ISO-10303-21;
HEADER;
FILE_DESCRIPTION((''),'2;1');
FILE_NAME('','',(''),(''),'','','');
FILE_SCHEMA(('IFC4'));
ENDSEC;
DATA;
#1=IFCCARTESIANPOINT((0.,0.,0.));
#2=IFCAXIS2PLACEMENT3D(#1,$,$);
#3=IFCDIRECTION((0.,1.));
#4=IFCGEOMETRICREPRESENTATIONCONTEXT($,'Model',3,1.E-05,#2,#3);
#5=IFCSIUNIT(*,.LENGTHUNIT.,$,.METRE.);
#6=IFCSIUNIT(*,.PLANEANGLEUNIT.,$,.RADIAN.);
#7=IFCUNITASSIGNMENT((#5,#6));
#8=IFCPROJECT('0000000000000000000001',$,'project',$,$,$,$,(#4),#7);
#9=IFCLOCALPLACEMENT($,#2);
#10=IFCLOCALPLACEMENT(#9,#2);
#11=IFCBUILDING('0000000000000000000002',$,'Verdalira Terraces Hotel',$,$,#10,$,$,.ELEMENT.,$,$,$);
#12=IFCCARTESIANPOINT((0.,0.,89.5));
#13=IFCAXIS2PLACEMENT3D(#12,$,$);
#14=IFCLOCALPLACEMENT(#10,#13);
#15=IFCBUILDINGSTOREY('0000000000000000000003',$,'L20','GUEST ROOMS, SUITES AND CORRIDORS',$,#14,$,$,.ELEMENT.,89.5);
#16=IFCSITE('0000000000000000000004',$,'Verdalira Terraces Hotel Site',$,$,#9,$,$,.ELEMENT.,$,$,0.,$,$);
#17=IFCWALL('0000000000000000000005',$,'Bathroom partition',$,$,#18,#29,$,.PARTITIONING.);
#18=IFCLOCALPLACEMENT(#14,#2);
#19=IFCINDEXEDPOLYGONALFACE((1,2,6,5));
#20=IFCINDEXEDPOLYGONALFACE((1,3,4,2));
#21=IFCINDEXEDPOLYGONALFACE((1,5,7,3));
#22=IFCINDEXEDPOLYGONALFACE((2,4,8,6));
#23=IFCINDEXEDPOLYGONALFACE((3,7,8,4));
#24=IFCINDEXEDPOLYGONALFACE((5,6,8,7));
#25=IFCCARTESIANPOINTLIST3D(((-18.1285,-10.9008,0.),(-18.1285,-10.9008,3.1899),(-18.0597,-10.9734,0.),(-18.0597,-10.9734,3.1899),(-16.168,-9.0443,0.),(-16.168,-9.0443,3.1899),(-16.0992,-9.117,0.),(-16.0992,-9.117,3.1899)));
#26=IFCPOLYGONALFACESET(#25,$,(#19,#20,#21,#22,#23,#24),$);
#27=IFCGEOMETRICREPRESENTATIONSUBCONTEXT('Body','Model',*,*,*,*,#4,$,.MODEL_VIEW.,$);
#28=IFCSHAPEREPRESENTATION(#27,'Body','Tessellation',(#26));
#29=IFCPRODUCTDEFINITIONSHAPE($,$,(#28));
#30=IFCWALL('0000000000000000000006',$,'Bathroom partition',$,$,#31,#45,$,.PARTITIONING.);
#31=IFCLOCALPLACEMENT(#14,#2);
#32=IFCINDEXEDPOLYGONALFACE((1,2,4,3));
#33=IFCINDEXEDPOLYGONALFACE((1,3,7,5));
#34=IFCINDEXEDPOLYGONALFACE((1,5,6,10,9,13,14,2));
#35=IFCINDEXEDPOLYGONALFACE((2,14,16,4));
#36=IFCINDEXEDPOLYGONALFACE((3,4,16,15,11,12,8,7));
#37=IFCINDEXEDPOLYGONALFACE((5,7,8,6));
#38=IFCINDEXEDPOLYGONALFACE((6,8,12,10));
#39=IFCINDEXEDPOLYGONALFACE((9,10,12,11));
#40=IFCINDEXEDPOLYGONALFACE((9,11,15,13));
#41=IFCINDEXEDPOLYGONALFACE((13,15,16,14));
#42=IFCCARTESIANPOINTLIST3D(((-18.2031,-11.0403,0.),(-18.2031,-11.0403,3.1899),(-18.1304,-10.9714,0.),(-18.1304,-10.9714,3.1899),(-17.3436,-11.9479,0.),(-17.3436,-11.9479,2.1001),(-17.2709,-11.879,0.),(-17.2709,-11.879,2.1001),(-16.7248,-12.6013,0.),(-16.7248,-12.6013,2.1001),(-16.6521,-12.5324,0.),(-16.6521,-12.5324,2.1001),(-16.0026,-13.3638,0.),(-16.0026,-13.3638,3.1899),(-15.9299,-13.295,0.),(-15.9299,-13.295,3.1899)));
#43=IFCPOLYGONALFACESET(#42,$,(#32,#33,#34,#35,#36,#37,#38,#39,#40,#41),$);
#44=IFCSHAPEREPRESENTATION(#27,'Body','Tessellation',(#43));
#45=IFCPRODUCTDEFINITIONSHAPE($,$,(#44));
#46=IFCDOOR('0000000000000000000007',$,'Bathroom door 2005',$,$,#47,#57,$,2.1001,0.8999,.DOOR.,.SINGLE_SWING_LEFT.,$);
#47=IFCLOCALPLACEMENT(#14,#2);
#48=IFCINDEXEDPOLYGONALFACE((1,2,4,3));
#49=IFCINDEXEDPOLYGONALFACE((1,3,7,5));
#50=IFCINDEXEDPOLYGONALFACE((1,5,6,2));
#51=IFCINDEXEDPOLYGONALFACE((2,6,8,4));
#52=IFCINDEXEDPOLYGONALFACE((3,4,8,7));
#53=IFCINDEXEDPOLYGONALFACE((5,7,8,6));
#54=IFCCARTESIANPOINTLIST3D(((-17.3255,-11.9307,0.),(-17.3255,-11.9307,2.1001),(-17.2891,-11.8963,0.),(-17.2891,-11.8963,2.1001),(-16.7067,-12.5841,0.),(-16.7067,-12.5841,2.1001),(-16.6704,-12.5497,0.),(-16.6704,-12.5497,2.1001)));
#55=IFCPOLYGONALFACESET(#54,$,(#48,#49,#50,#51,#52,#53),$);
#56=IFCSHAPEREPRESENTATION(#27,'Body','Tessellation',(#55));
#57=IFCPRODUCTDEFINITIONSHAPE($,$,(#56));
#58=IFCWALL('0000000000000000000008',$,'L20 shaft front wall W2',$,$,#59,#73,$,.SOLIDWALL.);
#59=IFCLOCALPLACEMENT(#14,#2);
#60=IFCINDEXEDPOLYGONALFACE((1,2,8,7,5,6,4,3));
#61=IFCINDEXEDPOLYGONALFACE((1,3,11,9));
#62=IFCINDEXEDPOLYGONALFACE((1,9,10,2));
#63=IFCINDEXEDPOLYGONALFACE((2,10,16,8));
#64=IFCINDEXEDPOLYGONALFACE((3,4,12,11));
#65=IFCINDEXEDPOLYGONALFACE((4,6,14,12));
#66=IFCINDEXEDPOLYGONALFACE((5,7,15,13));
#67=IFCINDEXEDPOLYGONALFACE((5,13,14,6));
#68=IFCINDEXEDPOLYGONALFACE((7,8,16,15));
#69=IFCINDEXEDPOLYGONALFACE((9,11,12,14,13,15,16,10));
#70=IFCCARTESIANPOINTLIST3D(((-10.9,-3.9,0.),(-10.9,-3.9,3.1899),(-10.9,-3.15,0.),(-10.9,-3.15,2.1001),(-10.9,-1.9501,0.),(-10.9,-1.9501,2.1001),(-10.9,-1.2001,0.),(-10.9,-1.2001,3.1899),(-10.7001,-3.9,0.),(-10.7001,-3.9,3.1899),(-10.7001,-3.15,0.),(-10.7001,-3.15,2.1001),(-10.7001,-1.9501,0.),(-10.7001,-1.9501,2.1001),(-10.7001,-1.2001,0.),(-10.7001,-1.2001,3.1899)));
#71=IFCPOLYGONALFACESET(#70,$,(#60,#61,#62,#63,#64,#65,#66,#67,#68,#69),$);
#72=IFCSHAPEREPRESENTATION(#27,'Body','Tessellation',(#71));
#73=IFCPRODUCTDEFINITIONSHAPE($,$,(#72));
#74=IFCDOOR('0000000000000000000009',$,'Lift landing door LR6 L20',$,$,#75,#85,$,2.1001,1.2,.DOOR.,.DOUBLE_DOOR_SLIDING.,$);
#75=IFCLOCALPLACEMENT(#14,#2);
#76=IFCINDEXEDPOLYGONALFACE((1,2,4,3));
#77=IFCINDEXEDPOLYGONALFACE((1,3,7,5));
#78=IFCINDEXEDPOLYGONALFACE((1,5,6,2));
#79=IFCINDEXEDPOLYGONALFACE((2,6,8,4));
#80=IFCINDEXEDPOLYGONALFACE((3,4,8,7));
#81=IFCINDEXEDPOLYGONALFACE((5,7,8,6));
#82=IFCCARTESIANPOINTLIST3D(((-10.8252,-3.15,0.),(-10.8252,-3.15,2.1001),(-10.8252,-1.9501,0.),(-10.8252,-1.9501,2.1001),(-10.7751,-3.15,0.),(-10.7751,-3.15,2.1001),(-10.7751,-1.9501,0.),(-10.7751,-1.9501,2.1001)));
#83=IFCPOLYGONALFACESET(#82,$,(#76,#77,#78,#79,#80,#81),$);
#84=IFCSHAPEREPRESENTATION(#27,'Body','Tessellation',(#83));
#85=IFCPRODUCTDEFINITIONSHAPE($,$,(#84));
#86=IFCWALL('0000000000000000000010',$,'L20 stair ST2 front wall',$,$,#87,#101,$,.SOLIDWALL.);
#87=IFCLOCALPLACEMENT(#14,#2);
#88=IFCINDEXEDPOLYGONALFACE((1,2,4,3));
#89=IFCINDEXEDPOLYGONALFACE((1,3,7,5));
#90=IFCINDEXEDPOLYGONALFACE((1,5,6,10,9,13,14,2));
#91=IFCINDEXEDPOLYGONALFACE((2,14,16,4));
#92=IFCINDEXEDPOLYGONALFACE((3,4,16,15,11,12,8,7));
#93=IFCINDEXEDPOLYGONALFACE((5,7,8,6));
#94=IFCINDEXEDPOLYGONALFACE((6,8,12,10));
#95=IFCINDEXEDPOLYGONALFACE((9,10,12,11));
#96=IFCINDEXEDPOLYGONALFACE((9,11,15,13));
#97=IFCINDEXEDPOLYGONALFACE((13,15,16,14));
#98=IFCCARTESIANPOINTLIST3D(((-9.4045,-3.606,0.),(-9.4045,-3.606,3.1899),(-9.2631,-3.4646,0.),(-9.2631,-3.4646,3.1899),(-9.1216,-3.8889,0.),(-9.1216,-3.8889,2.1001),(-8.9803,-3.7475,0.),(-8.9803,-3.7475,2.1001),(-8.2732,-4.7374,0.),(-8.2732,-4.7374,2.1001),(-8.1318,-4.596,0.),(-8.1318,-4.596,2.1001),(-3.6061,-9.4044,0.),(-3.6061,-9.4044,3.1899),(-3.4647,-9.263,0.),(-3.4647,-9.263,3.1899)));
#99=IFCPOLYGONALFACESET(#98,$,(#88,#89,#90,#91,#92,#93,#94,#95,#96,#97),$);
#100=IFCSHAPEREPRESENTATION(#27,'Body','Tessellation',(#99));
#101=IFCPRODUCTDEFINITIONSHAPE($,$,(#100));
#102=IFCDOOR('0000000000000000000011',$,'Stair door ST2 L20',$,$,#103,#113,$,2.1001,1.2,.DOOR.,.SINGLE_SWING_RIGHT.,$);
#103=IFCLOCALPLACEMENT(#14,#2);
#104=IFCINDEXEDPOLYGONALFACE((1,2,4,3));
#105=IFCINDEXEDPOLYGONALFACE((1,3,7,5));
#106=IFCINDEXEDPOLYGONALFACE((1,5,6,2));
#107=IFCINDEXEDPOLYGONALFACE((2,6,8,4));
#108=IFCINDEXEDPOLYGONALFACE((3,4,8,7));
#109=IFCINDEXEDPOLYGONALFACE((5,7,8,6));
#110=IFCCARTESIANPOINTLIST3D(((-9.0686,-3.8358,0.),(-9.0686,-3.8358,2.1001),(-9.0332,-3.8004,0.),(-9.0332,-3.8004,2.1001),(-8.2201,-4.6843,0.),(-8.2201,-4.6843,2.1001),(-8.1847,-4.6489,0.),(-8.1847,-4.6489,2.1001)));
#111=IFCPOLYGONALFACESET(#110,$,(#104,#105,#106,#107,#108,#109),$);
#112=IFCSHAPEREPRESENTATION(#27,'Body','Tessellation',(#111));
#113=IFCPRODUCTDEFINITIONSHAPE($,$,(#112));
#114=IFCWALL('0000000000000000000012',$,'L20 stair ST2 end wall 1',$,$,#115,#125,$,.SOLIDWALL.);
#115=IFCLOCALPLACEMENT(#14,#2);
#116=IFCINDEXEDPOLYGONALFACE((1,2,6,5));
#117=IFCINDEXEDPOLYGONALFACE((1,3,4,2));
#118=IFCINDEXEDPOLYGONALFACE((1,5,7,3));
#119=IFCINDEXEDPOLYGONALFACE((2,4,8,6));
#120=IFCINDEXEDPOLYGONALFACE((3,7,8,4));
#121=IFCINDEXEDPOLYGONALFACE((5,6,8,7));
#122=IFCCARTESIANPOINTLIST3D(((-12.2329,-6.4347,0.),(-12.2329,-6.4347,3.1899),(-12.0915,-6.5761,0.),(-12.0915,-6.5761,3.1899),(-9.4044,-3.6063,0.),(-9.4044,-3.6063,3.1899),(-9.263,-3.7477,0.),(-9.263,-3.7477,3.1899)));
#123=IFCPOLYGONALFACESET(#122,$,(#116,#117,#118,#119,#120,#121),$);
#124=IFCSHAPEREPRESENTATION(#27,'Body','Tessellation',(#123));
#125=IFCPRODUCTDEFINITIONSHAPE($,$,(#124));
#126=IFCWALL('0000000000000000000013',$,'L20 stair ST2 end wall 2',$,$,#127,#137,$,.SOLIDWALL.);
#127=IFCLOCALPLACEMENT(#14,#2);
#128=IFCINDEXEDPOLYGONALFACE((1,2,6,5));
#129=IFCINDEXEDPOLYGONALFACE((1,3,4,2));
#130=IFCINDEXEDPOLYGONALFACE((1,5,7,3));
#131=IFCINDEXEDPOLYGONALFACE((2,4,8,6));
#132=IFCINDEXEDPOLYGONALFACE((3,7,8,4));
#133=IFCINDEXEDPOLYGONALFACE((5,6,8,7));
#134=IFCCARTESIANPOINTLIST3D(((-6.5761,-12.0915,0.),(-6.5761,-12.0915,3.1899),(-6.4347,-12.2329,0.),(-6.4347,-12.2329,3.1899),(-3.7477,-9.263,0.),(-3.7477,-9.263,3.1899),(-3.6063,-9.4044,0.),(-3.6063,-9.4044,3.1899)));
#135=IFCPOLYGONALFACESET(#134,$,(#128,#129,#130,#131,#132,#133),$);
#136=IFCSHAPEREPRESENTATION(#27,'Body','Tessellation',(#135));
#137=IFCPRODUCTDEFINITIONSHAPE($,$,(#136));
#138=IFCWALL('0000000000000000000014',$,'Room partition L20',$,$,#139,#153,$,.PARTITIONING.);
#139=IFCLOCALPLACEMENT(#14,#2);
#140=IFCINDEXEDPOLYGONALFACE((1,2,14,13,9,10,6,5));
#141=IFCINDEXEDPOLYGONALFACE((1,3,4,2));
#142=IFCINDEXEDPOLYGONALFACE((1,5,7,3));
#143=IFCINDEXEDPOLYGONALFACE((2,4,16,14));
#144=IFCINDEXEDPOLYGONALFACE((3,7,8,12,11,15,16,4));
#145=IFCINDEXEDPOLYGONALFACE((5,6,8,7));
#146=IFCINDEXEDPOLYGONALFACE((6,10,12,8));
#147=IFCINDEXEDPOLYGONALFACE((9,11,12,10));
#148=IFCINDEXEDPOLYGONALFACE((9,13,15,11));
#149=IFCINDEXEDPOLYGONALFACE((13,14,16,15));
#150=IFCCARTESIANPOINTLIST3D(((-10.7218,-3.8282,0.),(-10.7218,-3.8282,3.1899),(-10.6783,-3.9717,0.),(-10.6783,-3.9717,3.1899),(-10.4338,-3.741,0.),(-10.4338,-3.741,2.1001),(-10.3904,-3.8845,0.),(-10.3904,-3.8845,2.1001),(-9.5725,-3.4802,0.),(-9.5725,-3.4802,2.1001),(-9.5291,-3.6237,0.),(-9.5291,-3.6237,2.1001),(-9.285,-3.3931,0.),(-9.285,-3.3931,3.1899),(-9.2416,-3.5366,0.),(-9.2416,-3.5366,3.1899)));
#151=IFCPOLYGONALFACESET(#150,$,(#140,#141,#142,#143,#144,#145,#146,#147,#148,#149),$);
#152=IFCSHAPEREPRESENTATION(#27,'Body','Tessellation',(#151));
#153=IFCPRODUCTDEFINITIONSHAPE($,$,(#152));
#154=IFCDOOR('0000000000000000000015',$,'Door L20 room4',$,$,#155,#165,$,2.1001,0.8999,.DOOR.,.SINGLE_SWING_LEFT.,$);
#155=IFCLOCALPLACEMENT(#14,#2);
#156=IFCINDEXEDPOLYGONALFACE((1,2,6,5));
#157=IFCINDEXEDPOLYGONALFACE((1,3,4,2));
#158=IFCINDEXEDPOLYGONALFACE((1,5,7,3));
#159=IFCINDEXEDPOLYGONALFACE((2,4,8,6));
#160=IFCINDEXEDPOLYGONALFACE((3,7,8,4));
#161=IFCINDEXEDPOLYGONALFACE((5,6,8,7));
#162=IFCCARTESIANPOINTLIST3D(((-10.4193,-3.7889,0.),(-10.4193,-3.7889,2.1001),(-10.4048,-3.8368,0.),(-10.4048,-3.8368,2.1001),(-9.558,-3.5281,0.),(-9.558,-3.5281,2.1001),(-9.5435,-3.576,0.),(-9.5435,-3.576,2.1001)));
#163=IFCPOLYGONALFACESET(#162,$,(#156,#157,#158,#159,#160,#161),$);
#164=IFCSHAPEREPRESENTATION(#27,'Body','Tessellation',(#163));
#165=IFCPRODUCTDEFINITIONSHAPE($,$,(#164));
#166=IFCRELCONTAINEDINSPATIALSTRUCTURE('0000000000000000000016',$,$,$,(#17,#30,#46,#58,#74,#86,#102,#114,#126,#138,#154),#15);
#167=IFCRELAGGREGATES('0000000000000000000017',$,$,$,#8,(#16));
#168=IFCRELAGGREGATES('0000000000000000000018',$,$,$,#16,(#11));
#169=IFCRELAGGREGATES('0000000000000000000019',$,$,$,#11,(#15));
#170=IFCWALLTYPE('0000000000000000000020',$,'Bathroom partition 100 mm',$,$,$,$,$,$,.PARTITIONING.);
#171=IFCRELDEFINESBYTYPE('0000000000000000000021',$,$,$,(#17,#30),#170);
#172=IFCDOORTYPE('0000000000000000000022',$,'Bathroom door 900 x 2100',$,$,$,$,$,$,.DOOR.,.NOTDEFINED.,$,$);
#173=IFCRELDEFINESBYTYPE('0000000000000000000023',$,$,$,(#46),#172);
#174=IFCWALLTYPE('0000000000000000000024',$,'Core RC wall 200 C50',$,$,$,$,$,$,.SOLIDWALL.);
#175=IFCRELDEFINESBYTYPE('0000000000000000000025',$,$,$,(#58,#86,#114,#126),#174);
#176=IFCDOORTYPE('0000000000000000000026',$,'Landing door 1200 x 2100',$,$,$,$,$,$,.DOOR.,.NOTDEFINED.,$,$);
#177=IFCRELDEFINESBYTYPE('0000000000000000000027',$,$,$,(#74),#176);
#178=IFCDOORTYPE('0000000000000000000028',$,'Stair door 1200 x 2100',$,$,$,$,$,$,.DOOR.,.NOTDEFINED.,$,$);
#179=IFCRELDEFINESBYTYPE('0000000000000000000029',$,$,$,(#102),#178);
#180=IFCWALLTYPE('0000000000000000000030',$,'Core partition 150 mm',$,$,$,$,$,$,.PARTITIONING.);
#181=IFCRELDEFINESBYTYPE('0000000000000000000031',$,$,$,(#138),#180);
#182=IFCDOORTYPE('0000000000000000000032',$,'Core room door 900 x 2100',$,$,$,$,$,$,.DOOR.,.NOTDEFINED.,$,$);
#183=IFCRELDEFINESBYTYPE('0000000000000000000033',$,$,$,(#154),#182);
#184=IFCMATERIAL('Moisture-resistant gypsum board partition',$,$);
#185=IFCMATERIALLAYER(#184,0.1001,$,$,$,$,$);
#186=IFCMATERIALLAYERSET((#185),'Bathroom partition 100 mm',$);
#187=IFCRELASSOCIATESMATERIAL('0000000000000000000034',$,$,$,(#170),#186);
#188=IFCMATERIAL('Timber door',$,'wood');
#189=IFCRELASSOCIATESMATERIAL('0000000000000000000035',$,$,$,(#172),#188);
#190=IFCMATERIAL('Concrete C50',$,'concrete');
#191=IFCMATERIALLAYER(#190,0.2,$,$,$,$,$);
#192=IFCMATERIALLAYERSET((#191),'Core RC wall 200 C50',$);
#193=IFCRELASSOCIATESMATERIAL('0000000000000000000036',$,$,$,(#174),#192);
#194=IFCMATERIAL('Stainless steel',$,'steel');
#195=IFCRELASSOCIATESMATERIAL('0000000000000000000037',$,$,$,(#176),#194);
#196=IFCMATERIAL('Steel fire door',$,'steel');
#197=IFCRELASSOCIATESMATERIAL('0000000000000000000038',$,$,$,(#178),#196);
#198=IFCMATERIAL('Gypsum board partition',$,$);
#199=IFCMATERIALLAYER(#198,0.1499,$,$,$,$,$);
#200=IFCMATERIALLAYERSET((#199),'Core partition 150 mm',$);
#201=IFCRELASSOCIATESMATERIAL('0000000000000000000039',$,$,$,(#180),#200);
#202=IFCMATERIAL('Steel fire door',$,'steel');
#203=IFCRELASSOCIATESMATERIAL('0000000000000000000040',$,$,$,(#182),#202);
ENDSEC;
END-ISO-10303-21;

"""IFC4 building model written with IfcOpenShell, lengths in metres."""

from ifc_helpers import new_model, si_unit, direction, frame, frame_2d, origin, place, context, subcontext, project, spatial, rectangle, extrude, material, layer, layer_set, type_object, element, fill, save


model = new_model("IFC4")

# Units and contexts
model_context = context("Model", 3, precision=1e-05, world=origin(), true_north=direction((0.0, 1.0)))
body_context = subcontext(model_context, "Body", "Model", "MODEL_VIEW")
ifc_project = project(units=[si_unit("LENGTHUNIT", "METRE"), si_unit("PLANEANGLEUNIT", "RADIAN")], contexts=[model_context])

# Site, building, storey
site_placement = place(None, origin())
site = spatial("IfcSite", under=ifc_project, at=site_placement, Name="Verdalira Terraces Hotel Site", CompositionType="ELEMENT", RefElevation=0.0)
building_placement = place(site_placement, origin())
building = spatial("IfcBuilding", under=site, at=building_placement, Name="Verdalira Terraces Hotel", CompositionType="ELEMENT")
storey_placement = place(building_placement, frame((0.0, 0.0, 89.5)))
storey = spatial("IfcBuildingStorey", under=building, at=storey_placement, Name="L20", Description="GUEST ROOMS, SUITES AND CORRIDORS", CompositionType="ELEMENT", Elevation=89.5)

# Wall
ifc_material_1 = material(Name="Moisture-resistant gypsum board partition")
ifc_layer_1 = layer(ifc_material_1, 0.1001)
ifc_layer_set_1 = layer_set([ifc_layer_1], Name="Bathroom partition 100 mm")
wall_type_1 = type_object("IfcWallType", Name="Bathroom partition 100 mm", PredefinedType="PARTITIONING", material=ifc_layer_set_1)
wall_1_placement = place(storey_placement, frame((-16.1335, -9.0806, 0.0), z_axis=(0.0, 0.0, 1.0), x_axis=(-0.726105, -0.687584, 0.0)))
element("IfcWall", 1, at=wall_1_placement, inside=storey, type_object=wall_type_1, Name="Bathroom partition", PredefinedType="PARTITIONING", context=body_context, shape_type="SweptSolid", body=[
    extrude(rectangle(XDim=2.7, YDim=0.1001, at=frame_2d((1.3501, 0.0))), origin(), (0.0, 0.0, 1.0), 3.1899),
])

# Walls, openings, doors
wall_2_placement = place(storey_placement, frame((-18.1667, -11.0059, 0.0), z_axis=(0.0, 0.0, 1.0), x_axis=(0.68762, -0.726071, 0.0)))
wall_2 = element("IfcWall", 2, at=wall_2_placement, inside=storey, type_object=wall_type_1, Name="Bathroom partition", PredefinedType="PARTITIONING", context=body_context, shape_type="SweptSolid", body=[
    extrude(rectangle(XDim=3.2002, YDim=0.1001, at=frame_2d((1.6001, 0.0))), origin(), (0.0, 0.0, 1.0), 3.1899),
])
opening_1_placement = place(wall_2_placement, frame((1.25, 0.0, 0.0)))
opening_1 = element("IfcOpeningElement", 3, at=opening_1_placement, cuts=wall_2, PredefinedType="OPENING", context=body_context, shape_type="SweptSolid", body=[
    extrude(rectangle(XDim=0.8999, YDim=2.1001, at=frame_2d((0.45, 1.05))), frame((0.0, 0.0601, 0.0), z_axis=(0.0, -1.0, 0.0), x_axis=(1.0, 0.0, 0.0)), (0.0, 0.0, 1.0), 0.1201),
])
ifc_material_2 = material(Name="Timber door", Category="wood")
door_type_1 = type_object("IfcDoorType", Name="Bathroom door 900 x 2100", OperationType="NOTDEFINED", PredefinedType="DOOR", material=ifc_material_2)
door_1_placement = place(opening_1_placement, origin())
door_1 = element("IfcDoor", 4, at=door_1_placement, inside=storey, type_object=door_type_1, Name="Bathroom door 2005", OperationType="SINGLE_SWING_LEFT", OverallHeight=2.1001, OverallWidth=0.8999, PredefinedType="DOOR", context=body_context, shape_type="SweptSolid", body=[
    extrude(rectangle(XDim=0.8999, YDim=2.1001, at=frame_2d((0.45, 1.05))), frame((0.0, 0.0249, 0.0), z_axis=(0.0, -1.0, 0.0), x_axis=(1.0, 0.0, 0.0)), (0.0, 0.0, 1.0), 0.05),
])
fill(opening_1, door_1)
ifc_material_3 = material(Name="Concrete C50", Category="concrete")
ifc_layer_2 = layer(ifc_material_3, 0.2)
ifc_layer_set_2 = layer_set([ifc_layer_2], Name="Core RC wall 200 C50")
wall_type_2 = type_object("IfcWallType", Name="Core RC wall 200 C50", PredefinedType="SOLIDWALL", material=ifc_layer_set_2)
wall_3_placement = place(storey_placement, frame((-10.8, -1.2, 0.0), z_axis=(0.0, 0.0, 1.0), x_axis=(0.0, -1.0, 0.0)))
wall_3 = element("IfcWall", 5, at=wall_3_placement, inside=storey, type_object=wall_type_2, Name="L20 shaft front wall W2", PredefinedType="SOLIDWALL", context=body_context, shape_type="SweptSolid", body=[
    extrude(rectangle(XDim=2.7, YDim=0.2, at=frame_2d((1.3501, 0.0))), origin(), (0.0, 0.0, 1.0), 3.1899),
])
opening_2_placement = place(wall_3_placement, frame((0.75, 0.0, 0.0)))
opening_2 = element("IfcOpeningElement", 6, at=opening_2_placement, cuts=wall_3, PredefinedType="OPENING", context=body_context, shape_type="SweptSolid", body=[
    extrude(rectangle(XDim=1.2, YDim=2.1001, at=frame_2d((0.6001, 1.05))), frame((0.0, 0.1099, 0.0), z_axis=(0.0, -1.0, 0.0), x_axis=(1.0, 0.0, 0.0)), (0.0, 0.0, 1.0), 0.22),
])
ifc_material_4 = material(Name="Stainless steel", Category="steel")
door_type_2 = type_object("IfcDoorType", Name="Landing door 1200 x 2100", OperationType="NOTDEFINED", PredefinedType="DOOR", material=ifc_material_4)
door_2_placement = place(opening_2_placement, origin())
door_2 = element("IfcDoor", 7, at=door_2_placement, inside=storey, type_object=door_type_2, Name="Lift landing door LR6 L20", OperationType="DOUBLE_DOOR_SLIDING", OverallHeight=2.1001, OverallWidth=1.2, PredefinedType="DOOR", context=body_context, shape_type="SweptSolid", body=[
    extrude(rectangle(XDim=1.2, YDim=2.1001, at=frame_2d((0.6001, 1.05))), frame((0.0, 0.0249, 0.0), z_axis=(0.0, -1.0, 0.0), x_axis=(1.0, 0.0, 0.0)), (0.0, 0.0, 1.0), 0.05),
])
fill(opening_2, door_2)
wall_4_placement = place(storey_placement, frame((-3.5354, -9.3337, 0.0), z_axis=(0.0, 0.0, 1.0), x_axis=(-0.707107, 0.707107, 0.0)))
wall_4 = element("IfcWall", 8, at=wall_4_placement, inside=storey, type_object=wall_type_2, Name="L20 stair ST2 front wall", PredefinedType="SOLIDWALL", context=body_context, shape_type="SweptSolid", body=[
    extrude(rectangle(XDim=8.2002, YDim=0.2, at=frame_2d((4.1001, 0.0))), origin(), (0.0, 0.0, 1.0), 3.1899),
])
opening_3_placement = place(wall_4_placement, frame((6.6001, 0.0, 0.0)))
opening_3 = element("IfcOpeningElement", 9, at=opening_3_placement, cuts=wall_4, PredefinedType="OPENING", context=body_context, shape_type="SweptSolid", body=[
    extrude(rectangle(XDim=1.2, YDim=2.1001, at=frame_2d((0.6001, 1.05))), frame((0.0, 0.1099, 0.0), z_axis=(0.0, -1.0, 0.0), x_axis=(1.0, 0.0, 0.0)), (0.0, 0.0, 1.0), 0.22),
])
ifc_material_5 = material(Name="Steel fire door", Category="steel")
door_type_3 = type_object("IfcDoorType", Name="Stair door 1200 x 2100", OperationType="NOTDEFINED", PredefinedType="DOOR", material=ifc_material_5)
door_3_placement = place(opening_3_placement, origin())
door_3 = element("IfcDoor", 10, at=door_3_placement, inside=storey, type_object=door_type_3, Name="Stair door ST2 L20", OperationType="SINGLE_SWING_RIGHT", OverallHeight=2.1001, OverallWidth=1.2, PredefinedType="DOOR", context=body_context, shape_type="SweptSolid", body=[
    extrude(rectangle(XDim=1.2, YDim=2.1001, at=frame_2d((0.6001, 1.05))), frame((0.0, 0.0249, 0.0), z_axis=(0.0, -1.0, 0.0), x_axis=(1.0, 0.0, 0.0)), (0.0, 0.0, 1.0), 0.05),
])
fill(opening_3, door_3)

# Walls
for number, where, z_axis, x_axis, name in (
    (11, (-9.3337, -3.677, 0.0), (0.0, 0.0, 1.0), (-0.707107, -0.707107, 0.0), "L20 stair ST2 end wall 1"),
    (12, (-3.677, -9.3337, 0.0), (0.0, 0.0, 1.0), (-0.707107, -0.707107, 0.0), "L20 stair ST2 end wall 2"),
):
    element("IfcWall", number, at=place(storey_placement, frame(where, z_axis=z_axis, x_axis=x_axis)), inside=storey, type_object=wall_type_2, Name=name, PredefinedType="SOLIDWALL", context=body_context, shape_type="SweptSolid", body=[
        extrude(rectangle(XDim=4.0, YDim=0.2, at=frame_2d((2.0, 0.0))), origin(), (0.0, 0.0, 1.0), 3.1899),
    ])

# Wall, opening, door
ifc_material_6 = material(Name="Gypsum board partition")
ifc_layer_3 = layer(ifc_material_6, 0.1499)
ifc_layer_set_3 = layer_set([ifc_layer_3], Name="Core partition 150 mm")
wall_type_3 = type_object("IfcWallType", Name="Core partition 150 mm", PredefinedType="PARTITIONING", material=ifc_layer_set_3)
wall_5_placement = place(storey_placement, frame((-10.7, -3.8999, 0.0), z_axis=(0.0, 0.0, 1.0), x_axis=(0.957085, 0.289809, 0.0)))
wall_5 = element("IfcWall", 13, at=wall_5_placement, inside=storey, type_object=wall_type_3, Name="Room partition L20", PredefinedType="PARTITIONING", context=body_context, shape_type="SweptSolid", body=[
    extrude(rectangle(XDim=1.5012, YDim=0.1499, at=frame_2d((0.7505, 0.0))), origin(), (0.0, 0.0, 1.0), 3.1899),
])
opening_4_placement = place(wall_5_placement, frame((0.3008, 0.0, 0.0)))
opening_4 = element("IfcOpeningElement", 14, at=opening_4_placement, cuts=wall_5, PredefinedType="OPENING", context=body_context, shape_type="SweptSolid", body=[
    extrude(rectangle(XDim=0.8999, YDim=2.1001, at=frame_2d((0.45, 1.05))), frame((0.0, 0.085, 0.0), z_axis=(0.0, -1.0, 0.0), x_axis=(1.0, 0.0, 0.0)), (0.0, 0.0, 1.0), 0.1699),
])
ifc_material_7 = material(Name="Steel fire door", Category="steel")
door_type_4 = type_object("IfcDoorType", Name="Core room door 900 x 2100", OperationType="NOTDEFINED", PredefinedType="DOOR", material=ifc_material_7)
door_4_placement = place(opening_4_placement, origin())
door_4 = element("IfcDoor", 15, at=door_4_placement, inside=storey, type_object=door_type_4, Name="Door L20 room4", OperationType="SINGLE_SWING_LEFT", OverallHeight=2.1001, OverallWidth=0.8999, PredefinedType="DOOR", context=body_context, shape_type="SweptSolid", body=[
    extrude(rectangle(XDim=0.8999, YDim=2.1001, at=frame_2d((0.45, 1.05))), frame((0.0, 0.0249, 0.0), z_axis=(0.0, -1.0, 0.0), x_axis=(1.0, 0.0, 0.0)), (0.0, 0.0, 1.0), 0.05),
])
fill(opening_4, door_4)

save(model, "model.ifc")
